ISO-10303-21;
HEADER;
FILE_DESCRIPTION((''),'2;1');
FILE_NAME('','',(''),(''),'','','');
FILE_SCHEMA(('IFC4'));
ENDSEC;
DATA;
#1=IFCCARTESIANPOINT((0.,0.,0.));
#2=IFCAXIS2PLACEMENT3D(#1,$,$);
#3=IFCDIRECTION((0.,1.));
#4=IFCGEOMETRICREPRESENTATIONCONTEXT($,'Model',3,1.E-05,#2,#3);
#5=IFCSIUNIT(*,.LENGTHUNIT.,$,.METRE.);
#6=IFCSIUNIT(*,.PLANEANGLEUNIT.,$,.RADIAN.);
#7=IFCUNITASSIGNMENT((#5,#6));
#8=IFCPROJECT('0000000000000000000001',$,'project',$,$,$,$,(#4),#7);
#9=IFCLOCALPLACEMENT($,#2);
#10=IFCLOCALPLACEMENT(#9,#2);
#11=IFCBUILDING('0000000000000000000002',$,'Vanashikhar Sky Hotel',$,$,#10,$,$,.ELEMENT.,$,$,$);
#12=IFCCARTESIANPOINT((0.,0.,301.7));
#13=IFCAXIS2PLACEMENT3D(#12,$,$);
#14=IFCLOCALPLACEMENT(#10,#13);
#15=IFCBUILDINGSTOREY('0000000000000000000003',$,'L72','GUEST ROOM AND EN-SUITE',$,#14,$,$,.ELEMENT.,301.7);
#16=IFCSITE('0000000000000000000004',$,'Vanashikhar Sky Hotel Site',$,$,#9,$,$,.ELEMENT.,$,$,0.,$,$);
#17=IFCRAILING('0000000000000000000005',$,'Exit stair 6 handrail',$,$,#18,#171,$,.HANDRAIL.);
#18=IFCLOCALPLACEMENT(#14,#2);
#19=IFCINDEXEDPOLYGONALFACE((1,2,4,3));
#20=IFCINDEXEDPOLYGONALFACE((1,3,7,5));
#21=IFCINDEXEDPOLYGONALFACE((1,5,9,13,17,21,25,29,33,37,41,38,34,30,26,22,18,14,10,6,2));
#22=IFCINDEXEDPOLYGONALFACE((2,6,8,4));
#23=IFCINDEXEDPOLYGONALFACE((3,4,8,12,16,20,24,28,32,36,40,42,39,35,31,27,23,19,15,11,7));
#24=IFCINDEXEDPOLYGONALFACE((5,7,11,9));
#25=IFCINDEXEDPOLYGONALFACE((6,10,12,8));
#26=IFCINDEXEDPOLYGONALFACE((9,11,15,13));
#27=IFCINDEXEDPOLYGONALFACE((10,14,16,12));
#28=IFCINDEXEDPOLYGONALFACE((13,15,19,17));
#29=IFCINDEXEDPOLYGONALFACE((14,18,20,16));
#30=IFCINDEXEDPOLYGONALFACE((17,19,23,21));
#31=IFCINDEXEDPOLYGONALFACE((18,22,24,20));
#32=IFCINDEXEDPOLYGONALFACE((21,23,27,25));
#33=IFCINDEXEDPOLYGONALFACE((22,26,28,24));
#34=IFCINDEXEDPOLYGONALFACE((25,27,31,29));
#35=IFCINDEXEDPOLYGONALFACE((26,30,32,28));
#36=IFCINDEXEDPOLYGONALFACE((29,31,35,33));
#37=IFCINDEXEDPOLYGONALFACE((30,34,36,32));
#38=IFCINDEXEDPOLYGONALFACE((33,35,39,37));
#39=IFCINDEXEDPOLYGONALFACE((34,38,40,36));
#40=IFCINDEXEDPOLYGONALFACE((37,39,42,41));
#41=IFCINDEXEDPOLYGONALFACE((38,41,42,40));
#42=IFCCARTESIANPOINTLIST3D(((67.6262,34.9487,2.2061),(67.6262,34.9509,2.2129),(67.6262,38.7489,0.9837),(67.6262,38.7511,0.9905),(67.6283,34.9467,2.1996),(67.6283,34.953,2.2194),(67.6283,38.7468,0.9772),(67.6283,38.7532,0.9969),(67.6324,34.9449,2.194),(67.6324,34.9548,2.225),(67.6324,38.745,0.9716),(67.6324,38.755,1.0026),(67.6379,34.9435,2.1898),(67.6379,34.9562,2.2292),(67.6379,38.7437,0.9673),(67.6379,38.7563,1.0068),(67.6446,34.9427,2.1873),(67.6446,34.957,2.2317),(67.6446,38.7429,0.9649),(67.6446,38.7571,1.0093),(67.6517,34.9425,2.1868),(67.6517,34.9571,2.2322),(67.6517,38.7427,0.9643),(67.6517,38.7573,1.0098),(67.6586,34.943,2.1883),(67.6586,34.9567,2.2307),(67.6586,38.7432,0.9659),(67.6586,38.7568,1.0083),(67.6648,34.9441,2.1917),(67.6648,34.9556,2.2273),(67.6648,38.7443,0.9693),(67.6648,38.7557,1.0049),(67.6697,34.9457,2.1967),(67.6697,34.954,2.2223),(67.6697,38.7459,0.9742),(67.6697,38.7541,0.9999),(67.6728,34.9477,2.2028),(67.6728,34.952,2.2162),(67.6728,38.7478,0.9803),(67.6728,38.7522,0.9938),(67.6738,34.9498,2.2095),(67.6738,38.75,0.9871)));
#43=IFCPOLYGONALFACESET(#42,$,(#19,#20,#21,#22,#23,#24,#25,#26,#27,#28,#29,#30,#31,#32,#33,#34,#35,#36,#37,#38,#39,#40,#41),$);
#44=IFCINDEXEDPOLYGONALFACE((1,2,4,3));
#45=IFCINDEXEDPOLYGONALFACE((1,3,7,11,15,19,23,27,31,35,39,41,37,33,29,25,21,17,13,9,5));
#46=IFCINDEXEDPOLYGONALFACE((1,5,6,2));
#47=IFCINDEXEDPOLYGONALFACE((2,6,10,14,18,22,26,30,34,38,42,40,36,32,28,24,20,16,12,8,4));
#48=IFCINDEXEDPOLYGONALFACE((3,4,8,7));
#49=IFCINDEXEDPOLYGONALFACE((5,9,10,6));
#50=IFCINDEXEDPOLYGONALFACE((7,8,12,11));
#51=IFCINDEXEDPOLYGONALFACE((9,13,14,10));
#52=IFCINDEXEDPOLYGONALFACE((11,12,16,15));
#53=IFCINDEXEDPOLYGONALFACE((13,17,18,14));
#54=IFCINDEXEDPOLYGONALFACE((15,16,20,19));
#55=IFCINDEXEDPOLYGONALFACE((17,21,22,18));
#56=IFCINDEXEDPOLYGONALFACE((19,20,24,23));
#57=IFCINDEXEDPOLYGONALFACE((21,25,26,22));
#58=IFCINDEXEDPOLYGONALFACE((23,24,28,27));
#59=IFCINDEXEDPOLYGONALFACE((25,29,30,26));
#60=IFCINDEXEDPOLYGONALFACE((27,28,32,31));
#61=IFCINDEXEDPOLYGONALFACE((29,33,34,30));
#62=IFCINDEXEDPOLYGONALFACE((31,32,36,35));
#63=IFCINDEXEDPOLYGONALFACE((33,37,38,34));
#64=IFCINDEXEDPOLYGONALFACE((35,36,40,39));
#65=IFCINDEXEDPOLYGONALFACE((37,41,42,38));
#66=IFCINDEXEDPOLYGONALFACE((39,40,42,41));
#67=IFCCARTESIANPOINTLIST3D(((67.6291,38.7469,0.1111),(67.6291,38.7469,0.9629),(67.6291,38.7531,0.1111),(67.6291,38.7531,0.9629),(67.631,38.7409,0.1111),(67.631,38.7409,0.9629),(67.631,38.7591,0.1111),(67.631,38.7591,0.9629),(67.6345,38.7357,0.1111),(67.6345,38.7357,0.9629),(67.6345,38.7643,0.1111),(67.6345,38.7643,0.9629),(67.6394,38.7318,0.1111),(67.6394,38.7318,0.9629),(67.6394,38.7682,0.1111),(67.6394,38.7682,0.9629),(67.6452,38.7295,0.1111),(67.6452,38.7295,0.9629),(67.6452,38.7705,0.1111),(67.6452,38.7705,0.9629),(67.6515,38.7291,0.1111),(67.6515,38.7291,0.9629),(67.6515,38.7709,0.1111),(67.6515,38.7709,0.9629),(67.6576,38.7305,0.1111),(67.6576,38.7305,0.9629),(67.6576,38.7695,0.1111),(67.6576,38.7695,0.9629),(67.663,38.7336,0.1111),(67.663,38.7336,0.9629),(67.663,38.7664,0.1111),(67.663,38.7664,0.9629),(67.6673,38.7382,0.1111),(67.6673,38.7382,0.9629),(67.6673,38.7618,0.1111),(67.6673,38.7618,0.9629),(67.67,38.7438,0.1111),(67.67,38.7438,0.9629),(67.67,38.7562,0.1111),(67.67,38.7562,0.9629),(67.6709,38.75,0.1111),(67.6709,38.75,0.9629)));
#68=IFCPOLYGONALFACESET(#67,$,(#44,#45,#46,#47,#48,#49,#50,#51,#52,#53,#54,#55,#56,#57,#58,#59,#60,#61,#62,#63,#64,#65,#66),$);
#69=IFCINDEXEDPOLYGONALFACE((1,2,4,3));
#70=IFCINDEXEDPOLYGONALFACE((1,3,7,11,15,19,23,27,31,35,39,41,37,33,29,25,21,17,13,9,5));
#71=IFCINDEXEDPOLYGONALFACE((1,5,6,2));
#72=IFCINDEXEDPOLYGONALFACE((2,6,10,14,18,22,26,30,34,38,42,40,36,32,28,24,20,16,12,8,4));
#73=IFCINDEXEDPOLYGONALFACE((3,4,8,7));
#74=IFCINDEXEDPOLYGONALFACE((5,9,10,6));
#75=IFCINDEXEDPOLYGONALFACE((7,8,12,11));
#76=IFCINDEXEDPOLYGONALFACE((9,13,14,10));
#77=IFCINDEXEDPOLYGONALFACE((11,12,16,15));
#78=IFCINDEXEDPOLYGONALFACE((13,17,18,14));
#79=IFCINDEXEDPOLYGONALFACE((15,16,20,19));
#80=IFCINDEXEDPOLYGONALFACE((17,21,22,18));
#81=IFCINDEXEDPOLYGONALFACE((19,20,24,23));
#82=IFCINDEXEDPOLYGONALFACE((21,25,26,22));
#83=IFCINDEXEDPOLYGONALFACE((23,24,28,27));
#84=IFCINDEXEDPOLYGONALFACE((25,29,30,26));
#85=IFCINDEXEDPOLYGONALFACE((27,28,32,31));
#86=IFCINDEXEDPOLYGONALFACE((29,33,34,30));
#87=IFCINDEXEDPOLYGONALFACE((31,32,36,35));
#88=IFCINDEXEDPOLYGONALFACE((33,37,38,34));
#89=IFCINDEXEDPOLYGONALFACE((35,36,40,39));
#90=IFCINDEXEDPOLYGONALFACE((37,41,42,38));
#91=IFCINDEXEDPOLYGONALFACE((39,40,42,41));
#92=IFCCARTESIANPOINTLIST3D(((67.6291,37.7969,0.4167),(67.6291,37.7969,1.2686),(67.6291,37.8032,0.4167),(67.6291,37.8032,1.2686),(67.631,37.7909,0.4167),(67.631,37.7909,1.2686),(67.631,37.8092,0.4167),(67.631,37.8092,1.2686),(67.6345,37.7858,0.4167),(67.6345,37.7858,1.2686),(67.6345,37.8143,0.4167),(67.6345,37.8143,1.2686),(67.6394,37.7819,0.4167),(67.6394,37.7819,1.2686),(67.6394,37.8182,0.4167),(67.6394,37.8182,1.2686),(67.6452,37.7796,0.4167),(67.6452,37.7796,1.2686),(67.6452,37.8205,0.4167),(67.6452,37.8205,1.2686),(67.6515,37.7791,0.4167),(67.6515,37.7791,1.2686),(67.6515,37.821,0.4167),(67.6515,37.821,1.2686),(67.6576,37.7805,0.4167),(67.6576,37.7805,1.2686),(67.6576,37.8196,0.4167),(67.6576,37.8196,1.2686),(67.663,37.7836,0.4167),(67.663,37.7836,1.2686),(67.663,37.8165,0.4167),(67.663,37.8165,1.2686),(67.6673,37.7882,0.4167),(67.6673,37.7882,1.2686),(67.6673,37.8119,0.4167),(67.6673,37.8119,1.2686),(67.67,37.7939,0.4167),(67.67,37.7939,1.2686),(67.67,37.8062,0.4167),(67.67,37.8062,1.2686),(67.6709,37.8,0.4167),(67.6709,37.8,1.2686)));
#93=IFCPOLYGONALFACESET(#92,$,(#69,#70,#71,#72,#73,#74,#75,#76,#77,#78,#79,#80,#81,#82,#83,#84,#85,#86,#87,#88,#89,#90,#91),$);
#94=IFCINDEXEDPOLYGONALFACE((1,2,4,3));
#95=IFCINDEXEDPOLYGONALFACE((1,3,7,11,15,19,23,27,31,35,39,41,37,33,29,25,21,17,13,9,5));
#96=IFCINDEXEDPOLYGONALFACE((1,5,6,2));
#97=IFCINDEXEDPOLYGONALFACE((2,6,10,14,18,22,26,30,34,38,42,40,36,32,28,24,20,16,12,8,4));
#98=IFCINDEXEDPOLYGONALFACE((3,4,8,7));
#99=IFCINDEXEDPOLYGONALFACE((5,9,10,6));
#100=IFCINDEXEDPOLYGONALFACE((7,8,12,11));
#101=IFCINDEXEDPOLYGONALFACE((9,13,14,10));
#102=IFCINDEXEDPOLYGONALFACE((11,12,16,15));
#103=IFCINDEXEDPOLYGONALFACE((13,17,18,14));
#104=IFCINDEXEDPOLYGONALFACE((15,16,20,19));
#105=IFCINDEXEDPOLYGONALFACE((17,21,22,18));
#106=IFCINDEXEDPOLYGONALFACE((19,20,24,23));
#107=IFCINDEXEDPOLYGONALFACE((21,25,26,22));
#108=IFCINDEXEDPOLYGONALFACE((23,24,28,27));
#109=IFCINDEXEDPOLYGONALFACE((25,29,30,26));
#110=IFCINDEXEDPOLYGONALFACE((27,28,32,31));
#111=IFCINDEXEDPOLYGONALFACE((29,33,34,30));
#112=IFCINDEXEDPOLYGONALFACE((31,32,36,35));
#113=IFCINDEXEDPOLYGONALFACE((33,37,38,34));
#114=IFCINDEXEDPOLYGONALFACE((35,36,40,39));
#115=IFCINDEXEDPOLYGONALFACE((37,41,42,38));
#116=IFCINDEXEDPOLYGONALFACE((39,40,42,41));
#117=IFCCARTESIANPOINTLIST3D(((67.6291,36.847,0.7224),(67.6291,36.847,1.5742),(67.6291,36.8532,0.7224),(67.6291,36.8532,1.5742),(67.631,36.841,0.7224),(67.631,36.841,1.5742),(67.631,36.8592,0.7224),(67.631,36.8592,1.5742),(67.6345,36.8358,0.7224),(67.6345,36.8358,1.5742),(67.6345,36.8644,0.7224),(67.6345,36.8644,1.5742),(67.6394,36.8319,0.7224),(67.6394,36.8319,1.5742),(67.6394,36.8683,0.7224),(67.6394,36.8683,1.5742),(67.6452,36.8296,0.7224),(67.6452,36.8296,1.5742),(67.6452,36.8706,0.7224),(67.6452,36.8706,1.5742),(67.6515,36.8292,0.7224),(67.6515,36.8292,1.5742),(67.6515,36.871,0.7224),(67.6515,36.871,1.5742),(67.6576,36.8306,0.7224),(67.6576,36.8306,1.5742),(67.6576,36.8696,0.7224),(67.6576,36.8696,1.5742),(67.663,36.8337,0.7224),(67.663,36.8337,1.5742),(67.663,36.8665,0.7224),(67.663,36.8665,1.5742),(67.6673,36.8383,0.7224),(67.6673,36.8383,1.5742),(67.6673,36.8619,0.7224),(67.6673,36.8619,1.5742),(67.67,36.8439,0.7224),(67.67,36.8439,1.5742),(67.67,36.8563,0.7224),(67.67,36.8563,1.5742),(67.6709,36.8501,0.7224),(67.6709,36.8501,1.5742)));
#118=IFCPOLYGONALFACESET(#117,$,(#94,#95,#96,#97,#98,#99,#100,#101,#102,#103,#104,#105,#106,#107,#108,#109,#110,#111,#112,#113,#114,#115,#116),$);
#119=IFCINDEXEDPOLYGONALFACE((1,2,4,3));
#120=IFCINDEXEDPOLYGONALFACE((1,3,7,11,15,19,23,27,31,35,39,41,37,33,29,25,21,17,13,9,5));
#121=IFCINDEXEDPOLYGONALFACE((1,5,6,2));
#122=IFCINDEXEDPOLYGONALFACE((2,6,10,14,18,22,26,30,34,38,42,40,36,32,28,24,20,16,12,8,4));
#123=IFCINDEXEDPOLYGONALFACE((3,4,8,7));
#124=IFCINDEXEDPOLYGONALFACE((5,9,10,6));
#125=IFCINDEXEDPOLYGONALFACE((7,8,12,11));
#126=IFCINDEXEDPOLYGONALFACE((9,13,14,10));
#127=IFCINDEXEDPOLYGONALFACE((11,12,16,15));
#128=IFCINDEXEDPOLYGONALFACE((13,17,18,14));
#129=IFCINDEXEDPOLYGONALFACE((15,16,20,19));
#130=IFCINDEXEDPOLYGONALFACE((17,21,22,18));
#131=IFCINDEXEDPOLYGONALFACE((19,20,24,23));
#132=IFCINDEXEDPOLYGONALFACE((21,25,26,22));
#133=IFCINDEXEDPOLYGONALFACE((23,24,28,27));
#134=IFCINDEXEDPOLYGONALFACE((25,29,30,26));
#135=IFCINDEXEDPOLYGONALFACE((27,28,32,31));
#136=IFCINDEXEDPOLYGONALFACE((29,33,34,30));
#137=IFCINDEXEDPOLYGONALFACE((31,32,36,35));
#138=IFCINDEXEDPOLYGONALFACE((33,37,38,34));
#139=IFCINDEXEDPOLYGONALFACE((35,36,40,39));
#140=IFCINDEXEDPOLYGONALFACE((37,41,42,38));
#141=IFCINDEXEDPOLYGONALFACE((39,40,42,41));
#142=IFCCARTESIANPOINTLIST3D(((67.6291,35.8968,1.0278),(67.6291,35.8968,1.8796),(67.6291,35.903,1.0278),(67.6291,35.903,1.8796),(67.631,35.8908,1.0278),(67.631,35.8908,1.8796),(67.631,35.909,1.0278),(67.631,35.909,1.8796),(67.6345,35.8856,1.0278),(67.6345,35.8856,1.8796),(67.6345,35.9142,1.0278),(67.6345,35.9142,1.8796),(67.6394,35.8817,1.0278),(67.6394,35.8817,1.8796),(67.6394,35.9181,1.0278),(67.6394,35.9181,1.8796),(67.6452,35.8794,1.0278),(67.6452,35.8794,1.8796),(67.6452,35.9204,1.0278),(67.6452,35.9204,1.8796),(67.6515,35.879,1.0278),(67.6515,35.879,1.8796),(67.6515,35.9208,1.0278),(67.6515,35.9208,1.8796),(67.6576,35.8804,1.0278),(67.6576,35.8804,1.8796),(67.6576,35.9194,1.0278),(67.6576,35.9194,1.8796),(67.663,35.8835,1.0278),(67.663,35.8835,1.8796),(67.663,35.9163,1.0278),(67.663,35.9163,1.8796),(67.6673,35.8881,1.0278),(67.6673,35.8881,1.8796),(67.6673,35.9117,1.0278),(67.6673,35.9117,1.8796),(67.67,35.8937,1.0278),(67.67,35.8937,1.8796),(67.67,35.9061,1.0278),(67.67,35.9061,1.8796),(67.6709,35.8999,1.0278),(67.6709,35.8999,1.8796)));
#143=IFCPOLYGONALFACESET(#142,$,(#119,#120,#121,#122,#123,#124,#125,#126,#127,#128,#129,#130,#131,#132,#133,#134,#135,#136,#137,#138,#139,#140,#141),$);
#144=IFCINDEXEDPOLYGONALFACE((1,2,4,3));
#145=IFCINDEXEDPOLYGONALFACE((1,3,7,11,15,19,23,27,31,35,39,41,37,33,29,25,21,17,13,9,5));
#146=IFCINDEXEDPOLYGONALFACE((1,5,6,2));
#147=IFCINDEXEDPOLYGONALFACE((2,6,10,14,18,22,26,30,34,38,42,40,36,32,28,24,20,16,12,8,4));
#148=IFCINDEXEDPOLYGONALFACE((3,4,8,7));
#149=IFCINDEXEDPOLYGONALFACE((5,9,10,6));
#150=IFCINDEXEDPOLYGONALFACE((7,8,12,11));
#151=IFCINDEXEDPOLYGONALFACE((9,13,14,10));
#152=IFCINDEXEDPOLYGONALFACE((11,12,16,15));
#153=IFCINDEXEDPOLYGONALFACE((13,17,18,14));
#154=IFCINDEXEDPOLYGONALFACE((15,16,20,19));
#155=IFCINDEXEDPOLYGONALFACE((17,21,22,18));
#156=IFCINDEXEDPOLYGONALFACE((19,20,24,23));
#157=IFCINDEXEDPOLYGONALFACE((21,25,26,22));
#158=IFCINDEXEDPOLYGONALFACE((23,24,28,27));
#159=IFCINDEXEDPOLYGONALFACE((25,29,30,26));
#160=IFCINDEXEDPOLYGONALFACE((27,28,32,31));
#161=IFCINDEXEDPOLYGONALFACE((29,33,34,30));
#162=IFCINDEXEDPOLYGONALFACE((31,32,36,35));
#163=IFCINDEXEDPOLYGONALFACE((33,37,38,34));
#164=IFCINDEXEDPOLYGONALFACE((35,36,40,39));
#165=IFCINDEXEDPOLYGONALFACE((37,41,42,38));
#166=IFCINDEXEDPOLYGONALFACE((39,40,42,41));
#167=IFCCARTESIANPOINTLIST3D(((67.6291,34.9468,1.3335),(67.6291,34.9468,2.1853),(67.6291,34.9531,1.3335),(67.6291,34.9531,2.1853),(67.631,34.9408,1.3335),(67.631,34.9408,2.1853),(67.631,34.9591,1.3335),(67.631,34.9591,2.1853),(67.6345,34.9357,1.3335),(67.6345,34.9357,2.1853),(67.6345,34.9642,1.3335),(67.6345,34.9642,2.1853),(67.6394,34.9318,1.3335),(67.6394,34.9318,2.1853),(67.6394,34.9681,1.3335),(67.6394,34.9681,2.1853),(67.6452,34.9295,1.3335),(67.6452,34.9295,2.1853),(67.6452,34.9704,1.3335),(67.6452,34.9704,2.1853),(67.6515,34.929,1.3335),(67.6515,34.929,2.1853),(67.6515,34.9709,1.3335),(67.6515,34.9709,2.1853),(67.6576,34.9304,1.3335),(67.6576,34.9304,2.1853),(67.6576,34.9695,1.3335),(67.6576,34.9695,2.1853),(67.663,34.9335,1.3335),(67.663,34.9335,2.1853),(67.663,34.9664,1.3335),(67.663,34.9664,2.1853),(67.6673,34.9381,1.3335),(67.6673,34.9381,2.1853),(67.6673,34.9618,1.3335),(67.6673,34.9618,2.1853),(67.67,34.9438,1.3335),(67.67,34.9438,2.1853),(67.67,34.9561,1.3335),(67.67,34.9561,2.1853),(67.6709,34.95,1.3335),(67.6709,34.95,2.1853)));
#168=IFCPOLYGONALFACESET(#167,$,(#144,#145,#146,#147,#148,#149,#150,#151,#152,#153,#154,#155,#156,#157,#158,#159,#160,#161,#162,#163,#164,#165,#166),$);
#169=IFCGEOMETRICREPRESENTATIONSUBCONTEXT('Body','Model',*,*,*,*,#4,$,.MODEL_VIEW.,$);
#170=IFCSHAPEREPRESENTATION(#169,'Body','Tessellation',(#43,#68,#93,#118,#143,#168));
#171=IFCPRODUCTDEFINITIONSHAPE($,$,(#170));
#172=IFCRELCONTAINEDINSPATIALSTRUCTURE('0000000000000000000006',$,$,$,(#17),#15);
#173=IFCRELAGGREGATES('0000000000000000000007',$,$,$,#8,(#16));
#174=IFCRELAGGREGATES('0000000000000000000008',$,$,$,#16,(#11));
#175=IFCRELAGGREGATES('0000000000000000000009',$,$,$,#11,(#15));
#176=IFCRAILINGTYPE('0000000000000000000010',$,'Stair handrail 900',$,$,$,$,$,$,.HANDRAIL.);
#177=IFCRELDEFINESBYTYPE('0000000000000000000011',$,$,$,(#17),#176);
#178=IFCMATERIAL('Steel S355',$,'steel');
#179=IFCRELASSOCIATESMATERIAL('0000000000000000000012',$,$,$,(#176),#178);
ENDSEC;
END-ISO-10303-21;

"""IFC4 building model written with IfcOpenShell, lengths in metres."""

from ifc_helpers import new_model, si_unit, direction, frame, origin, origin_2d, place, context, subcontext, project, spatial, circle, extrude, source, transform, mapped, material, type_object, element, save


model = new_model("IFC4")

# Units and contexts
model_context = context("Model", 3, precision=1e-05, world=origin(), true_north=direction((0.0, 1.0)))
body_context = subcontext(model_context, "Body", "Model", "MODEL_VIEW")
ifc_project = project(units=[si_unit("LENGTHUNIT", "METRE"), si_unit("PLANEANGLEUNIT", "RADIAN")], contexts=[model_context])

# Site, building, storey
site_placement = place(None, origin())
site = spatial("IfcSite", under=ifc_project, at=site_placement, Name="Vanashikhar Sky Hotel Site", CompositionType="ELEMENT", RefElevation=0.0)
building_placement = place(site_placement, origin())
building = spatial("IfcBuilding", under=site, at=building_placement, Name="Vanashikhar Sky Hotel", CompositionType="ELEMENT")
storey_placement = place(building_placement, frame((0.0, 0.0, 301.7)))
storey = spatial("IfcBuildingStorey", under=building, at=storey_placement, Name="L72", Description="GUEST ROOM AND EN-SUITE", CompositionType="ELEMENT", Elevation=301.7)

# Railing
ifc_material_1 = material(Name="Steel S355", Category="steel")
railing_type_1 = type_object("IfcRailingType", Name="Stair handrail 900", PredefinedType="HANDRAIL", material=ifc_material_1)
shared_shape_1 = source(origin(), body_context, "Body", "SweptSolid", [
    extrude(circle(Radius=0.0239, at=origin_2d()), frame((0.0, 0.0, 0.876), z_axis=(0.0, -0.951958, 0.306229), x_axis=(1.0, 0.0, 0.0)), (0.0, 0.0, 1.0), 3.9919),
    extrude(circle(Radius=0.021, at=origin_2d()), origin(), (0.0, 0.0, 1.0), 0.8518),
    extrude(circle(Radius=0.021, at=origin_2d()), frame((0.0, -0.95, 0.3057)), (0.0, 0.0, 1.0), 0.8518),
    extrude(circle(Radius=0.021, at=origin_2d()), frame((0.0, -1.8999, 0.6113)), (0.0, 0.0, 1.0), 0.8518),
    extrude(circle(Radius=0.021, at=origin_2d()), frame((0.0, -2.8501, 0.9167)), (0.0, 0.0, 1.0), 0.8518),
    extrude(circle(Radius=0.021, at=origin_2d()), frame((0.0, -3.8, 1.2224)), (0.0, 0.0, 1.0), 0.8518),
])
for number, where, name in (
    (1, (67.6499, 38.75, 0.1111), "Exit stair 6 handrail"),
):
    element("IfcRailing", number, at=place(storey_placement, frame(where)), inside=storey, type_object=railing_type_1, Name=name, PredefinedType="HANDRAIL", context=body_context, shape_type="MappedRepresentation", body=[
        mapped(shared_shape_1, transform((0.0, 0.0, 0.0), scale=1.0)),
    ])

save(model, "model.ifc")
